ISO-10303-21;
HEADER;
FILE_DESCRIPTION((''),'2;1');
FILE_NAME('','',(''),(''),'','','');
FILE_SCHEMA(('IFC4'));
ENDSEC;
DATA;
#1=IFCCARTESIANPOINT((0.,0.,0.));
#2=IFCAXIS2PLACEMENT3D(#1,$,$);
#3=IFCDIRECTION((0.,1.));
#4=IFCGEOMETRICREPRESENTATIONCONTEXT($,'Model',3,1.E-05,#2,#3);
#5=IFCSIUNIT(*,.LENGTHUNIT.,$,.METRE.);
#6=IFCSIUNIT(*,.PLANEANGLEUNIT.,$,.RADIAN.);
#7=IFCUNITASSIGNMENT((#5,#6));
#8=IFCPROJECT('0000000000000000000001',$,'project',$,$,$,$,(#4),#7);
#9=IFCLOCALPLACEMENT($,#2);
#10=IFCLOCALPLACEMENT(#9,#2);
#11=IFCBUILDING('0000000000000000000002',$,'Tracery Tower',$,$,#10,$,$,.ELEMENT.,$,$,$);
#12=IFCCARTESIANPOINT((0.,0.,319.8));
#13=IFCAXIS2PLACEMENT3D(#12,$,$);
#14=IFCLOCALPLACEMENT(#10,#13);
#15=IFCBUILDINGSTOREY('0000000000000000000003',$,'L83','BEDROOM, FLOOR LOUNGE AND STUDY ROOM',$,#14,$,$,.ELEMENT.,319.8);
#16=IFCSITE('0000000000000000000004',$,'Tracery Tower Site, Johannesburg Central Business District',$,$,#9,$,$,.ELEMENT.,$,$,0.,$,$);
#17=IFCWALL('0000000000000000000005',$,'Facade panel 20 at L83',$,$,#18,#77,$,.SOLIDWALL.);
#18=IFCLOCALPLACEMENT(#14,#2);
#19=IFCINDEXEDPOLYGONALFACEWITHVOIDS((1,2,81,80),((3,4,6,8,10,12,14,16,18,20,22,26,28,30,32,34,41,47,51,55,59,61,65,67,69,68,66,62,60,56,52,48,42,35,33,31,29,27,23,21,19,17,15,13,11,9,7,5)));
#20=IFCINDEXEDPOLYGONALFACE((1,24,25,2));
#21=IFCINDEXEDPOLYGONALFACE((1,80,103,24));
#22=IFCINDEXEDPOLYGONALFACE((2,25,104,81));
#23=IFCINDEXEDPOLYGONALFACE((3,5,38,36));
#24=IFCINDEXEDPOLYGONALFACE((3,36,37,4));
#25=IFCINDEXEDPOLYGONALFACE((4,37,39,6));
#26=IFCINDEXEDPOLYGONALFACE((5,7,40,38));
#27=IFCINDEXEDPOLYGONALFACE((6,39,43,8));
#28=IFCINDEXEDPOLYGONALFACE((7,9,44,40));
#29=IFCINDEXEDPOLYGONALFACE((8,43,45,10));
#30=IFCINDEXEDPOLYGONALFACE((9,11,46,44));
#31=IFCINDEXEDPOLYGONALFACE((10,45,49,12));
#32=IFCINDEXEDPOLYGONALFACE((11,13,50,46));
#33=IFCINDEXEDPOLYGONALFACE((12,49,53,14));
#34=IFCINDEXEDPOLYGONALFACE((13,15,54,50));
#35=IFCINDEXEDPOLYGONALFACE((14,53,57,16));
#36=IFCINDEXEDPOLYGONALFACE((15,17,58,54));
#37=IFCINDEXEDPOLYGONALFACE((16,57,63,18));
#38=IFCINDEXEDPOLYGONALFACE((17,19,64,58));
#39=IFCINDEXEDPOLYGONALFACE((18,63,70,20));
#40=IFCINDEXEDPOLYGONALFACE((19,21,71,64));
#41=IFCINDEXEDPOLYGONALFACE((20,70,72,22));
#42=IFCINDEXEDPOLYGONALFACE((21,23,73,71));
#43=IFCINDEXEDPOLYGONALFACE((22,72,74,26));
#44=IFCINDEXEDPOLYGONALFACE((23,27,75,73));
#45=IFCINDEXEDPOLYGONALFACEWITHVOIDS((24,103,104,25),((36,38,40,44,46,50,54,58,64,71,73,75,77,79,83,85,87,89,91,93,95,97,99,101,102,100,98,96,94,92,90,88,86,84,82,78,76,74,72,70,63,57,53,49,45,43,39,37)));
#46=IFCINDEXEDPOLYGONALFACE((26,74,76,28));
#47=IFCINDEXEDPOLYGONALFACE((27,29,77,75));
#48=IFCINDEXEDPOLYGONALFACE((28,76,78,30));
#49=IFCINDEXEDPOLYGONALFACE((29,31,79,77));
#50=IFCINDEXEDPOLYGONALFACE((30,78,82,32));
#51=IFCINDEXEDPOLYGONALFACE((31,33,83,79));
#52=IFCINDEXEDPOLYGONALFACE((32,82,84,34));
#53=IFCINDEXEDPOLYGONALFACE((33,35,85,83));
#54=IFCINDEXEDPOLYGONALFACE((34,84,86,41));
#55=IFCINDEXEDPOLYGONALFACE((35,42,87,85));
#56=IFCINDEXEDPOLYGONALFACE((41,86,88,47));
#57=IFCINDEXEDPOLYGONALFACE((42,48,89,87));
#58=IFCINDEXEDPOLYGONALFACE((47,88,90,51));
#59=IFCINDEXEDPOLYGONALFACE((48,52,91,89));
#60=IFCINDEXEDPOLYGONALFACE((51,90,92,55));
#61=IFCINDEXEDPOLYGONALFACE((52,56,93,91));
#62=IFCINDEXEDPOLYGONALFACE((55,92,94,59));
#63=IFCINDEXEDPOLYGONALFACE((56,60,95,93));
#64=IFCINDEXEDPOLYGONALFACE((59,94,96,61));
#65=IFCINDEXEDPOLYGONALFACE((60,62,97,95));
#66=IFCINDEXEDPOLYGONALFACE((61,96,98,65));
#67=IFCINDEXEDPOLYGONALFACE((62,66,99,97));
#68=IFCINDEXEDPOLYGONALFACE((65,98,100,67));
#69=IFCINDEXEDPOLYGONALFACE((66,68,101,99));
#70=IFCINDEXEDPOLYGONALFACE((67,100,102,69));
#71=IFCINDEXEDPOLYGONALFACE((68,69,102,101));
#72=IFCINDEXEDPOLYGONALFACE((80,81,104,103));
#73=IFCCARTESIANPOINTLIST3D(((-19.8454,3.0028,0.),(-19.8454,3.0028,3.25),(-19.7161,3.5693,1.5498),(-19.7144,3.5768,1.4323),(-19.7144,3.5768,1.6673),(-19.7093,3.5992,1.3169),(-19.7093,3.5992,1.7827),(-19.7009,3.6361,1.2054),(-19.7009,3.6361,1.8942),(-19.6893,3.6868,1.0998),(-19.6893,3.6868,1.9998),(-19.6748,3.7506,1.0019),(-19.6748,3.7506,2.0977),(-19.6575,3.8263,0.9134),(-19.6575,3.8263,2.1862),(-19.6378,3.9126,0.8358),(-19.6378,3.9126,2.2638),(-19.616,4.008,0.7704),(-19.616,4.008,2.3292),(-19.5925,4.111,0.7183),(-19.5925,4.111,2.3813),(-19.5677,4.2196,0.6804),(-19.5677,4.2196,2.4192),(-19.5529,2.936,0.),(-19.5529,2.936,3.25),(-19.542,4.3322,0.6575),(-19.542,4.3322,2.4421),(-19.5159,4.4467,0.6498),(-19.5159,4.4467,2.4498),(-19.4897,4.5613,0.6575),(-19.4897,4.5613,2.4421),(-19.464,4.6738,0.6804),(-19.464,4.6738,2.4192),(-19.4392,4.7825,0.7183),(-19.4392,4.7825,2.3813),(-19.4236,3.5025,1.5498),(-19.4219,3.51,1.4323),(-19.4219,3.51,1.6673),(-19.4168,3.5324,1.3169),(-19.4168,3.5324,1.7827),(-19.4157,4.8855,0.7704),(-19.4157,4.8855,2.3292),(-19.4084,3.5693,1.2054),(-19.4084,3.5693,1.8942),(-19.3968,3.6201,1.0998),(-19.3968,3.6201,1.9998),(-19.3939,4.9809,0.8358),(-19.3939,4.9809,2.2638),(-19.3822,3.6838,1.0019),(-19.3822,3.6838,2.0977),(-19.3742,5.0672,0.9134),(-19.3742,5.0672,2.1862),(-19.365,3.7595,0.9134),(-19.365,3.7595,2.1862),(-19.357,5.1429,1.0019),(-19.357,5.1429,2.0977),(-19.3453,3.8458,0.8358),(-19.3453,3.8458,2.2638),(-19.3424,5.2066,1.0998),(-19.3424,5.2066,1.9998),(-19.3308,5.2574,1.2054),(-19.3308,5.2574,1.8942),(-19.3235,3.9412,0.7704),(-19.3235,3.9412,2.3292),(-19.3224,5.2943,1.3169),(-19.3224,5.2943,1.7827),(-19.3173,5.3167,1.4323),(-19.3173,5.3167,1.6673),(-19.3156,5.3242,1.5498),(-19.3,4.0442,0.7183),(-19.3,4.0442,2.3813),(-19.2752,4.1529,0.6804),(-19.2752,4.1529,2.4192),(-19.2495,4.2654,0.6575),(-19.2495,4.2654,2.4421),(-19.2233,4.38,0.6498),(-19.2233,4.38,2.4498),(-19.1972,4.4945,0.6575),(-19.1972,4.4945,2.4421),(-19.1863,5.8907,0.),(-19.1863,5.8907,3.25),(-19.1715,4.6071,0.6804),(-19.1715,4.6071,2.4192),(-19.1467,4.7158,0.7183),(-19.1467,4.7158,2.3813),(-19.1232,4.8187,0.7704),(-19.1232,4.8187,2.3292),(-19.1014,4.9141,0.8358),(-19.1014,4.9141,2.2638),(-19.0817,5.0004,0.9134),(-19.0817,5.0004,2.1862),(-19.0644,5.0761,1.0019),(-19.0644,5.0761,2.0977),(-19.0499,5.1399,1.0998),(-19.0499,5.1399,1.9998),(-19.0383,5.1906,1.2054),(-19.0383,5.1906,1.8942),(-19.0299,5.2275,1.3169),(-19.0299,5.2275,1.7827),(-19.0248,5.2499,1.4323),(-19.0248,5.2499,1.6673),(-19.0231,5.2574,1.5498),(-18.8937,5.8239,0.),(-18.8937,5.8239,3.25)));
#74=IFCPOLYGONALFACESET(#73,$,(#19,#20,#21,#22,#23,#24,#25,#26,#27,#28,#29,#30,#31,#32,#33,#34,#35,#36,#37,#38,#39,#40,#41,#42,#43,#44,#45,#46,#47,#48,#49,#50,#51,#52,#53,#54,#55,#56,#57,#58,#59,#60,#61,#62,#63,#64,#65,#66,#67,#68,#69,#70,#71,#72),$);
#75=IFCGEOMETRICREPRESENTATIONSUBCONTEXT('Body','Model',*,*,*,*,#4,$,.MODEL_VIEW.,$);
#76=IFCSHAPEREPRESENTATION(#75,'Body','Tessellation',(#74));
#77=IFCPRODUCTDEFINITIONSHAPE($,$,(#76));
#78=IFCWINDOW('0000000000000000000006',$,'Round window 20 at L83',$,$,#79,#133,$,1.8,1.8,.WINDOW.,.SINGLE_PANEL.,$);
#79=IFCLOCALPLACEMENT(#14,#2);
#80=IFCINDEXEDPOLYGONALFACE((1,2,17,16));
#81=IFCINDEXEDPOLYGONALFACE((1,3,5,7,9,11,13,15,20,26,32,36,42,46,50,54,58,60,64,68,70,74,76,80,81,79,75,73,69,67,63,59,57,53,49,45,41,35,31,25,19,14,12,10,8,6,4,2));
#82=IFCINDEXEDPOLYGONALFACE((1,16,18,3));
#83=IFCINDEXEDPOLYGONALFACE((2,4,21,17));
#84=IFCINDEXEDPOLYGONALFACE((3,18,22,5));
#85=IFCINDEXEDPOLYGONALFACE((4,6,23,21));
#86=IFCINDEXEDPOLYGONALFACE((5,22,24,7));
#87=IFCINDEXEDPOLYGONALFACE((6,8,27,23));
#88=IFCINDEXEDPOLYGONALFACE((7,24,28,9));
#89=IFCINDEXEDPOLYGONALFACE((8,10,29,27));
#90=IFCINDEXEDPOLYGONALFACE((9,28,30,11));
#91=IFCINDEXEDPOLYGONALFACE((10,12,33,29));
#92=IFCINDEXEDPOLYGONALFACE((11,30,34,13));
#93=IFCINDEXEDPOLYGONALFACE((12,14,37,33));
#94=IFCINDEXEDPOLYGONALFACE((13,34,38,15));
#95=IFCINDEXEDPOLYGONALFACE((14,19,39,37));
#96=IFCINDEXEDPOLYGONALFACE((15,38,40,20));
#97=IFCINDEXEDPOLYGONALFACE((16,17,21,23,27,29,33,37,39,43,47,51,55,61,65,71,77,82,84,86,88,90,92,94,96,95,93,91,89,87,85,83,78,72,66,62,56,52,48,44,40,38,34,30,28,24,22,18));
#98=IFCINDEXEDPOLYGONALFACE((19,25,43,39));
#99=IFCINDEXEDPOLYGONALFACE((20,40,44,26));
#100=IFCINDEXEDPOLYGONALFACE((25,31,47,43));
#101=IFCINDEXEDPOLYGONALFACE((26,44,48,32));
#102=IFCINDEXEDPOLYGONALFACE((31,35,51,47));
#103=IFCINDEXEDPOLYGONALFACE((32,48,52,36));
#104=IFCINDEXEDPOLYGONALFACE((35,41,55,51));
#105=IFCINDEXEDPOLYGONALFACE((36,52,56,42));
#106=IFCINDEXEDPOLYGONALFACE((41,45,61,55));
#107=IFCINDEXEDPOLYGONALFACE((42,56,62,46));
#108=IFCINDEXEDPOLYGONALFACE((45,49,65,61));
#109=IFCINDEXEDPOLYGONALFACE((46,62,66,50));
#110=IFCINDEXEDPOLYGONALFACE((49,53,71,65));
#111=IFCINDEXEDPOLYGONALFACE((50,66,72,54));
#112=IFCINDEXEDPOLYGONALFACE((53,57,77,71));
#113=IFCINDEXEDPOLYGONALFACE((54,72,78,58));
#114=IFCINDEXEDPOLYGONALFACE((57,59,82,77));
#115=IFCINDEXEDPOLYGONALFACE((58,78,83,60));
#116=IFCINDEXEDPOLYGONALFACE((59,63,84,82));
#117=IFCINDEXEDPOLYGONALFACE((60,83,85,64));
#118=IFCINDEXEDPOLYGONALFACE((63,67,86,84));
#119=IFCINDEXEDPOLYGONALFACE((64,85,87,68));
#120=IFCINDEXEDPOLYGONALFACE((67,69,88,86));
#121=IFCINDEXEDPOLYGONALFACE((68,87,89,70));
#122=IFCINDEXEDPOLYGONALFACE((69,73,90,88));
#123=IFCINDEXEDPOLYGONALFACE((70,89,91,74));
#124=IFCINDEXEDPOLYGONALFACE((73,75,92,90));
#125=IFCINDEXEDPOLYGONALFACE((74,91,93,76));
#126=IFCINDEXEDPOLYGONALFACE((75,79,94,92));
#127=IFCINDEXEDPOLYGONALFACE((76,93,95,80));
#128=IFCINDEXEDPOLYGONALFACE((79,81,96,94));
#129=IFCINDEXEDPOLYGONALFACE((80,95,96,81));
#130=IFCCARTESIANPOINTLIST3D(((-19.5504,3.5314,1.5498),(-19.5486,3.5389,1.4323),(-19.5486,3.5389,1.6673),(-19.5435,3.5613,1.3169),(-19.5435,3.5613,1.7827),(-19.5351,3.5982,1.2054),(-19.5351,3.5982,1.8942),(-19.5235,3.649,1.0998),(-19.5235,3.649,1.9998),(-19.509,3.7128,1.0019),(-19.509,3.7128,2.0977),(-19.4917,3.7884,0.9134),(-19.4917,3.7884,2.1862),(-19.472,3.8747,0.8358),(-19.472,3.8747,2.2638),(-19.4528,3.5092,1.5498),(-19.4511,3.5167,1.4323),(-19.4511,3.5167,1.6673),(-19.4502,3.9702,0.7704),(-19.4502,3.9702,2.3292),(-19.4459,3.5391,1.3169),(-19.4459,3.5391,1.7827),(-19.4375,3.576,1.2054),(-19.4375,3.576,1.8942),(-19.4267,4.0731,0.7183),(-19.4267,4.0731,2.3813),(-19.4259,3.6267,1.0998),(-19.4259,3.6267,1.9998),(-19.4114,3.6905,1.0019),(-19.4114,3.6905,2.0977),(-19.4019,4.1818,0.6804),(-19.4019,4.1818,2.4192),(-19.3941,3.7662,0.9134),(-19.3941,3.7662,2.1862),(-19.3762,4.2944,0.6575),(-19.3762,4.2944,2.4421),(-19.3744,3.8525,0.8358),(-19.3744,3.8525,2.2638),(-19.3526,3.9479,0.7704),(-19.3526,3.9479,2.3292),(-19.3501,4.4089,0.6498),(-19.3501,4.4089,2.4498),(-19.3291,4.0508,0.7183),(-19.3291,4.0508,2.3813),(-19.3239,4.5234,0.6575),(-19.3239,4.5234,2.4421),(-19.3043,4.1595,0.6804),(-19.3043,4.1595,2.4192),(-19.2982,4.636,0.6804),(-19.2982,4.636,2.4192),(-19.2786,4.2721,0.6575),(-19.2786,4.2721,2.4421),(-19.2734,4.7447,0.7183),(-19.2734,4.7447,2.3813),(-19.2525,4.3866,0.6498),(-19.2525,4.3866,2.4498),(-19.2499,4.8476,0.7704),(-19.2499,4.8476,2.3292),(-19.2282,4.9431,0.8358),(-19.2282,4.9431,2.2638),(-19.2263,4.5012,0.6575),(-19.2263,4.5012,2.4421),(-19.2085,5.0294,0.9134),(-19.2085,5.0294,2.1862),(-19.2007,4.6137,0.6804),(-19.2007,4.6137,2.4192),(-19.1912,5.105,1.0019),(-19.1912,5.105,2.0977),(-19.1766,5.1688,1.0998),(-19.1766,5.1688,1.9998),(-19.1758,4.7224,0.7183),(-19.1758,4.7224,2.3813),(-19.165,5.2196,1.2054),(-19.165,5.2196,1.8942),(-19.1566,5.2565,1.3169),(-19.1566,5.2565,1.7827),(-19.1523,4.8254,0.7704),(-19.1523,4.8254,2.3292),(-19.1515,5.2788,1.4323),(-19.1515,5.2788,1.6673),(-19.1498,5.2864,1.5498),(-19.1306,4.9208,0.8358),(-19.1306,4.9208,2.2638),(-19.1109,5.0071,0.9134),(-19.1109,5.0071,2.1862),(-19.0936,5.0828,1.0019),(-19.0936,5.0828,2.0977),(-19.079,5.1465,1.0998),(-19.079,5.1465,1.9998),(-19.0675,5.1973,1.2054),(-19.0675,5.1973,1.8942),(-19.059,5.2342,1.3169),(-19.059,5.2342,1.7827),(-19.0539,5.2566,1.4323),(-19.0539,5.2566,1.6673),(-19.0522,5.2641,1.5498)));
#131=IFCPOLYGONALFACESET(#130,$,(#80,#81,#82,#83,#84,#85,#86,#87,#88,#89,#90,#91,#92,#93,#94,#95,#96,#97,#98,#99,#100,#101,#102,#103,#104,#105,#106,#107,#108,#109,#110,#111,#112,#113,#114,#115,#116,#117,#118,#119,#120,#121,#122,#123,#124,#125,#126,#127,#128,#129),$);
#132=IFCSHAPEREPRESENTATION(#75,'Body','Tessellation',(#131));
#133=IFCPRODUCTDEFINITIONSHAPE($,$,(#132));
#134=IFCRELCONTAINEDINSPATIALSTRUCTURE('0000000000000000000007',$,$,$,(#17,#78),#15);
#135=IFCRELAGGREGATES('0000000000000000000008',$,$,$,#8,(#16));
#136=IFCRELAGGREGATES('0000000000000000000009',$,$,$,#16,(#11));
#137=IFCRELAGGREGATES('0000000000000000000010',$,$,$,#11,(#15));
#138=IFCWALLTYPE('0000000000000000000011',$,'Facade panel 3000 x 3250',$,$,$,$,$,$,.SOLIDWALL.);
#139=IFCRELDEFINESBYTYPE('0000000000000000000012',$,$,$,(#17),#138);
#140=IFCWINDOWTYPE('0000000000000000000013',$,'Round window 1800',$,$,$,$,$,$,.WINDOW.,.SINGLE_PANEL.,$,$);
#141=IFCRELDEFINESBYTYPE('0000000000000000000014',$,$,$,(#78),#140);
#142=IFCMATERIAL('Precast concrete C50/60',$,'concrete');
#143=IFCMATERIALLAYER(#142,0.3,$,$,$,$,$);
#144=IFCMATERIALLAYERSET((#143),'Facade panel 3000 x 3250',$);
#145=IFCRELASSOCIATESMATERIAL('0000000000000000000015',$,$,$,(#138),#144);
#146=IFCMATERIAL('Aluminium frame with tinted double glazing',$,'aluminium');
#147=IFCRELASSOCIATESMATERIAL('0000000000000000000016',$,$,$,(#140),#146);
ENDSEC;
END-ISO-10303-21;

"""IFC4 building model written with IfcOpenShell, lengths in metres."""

from ifc_helpers import new_model, si_unit, direction, frame, frame_2d, origin, origin_2d, place, context, subcontext, project, spatial, rectangle, circle, extrude, material, layer, layer_set, type_object, element, fill, save


model = new_model("IFC4")

# Units and contexts
model_context = context("Model", 3, precision=1e-05, world=origin(), true_north=direction((0.0, 1.0)))
body_context = subcontext(model_context, "Body", "Model", "MODEL_VIEW")
ifc_project = project(units=[si_unit("LENGTHUNIT", "METRE"), si_unit("PLANEANGLEUNIT", "RADIAN")], contexts=[model_context])

# Site, building, storey
site_placement = place(None, origin())
site = spatial("IfcSite", under=ifc_project, at=site_placement, Name="Tracery Tower Site, Johannesburg Central Business District", CompositionType="ELEMENT", RefElevation=0.0)
building_placement = place(site_placement, origin())
building = spatial("IfcBuilding", under=site, at=building_placement, Name="Tracery Tower", CompositionType="ELEMENT")
storey_placement = place(building_placement, frame((0.0, 0.0, 319.8)))
storey = spatial("IfcBuildingStorey", under=building, at=storey_placement, Name="L83", Description="BEDROOM, FLOOR LOUNGE AND STUDY ROOM", CompositionType="ELEMENT", Elevation=319.8)

# Wall, opening, window
ifc_material_1 = material(Name="Precast concrete C50/60", Category="concrete")
ifc_layer_1 = layer(ifc_material_1, 0.3)
ifc_layer_set_1 = layer_set([ifc_layer_1], Name="Facade panel 3000 x 3250")
wall_type_1 = type_object("IfcWallType", Name="Facade panel 3000 x 3250", PredefinedType="SOLIDWALL", material=ifc_layer_set_1)
wall_1_placement = place(storey_placement, frame((-19.04, 5.8572, 0.0), z_axis=(0.0, 0.0, 1.0), x_axis=(-0.222529, -0.974926, 0.0)))
wall_1 = element("IfcWall", 1, at=wall_1_placement, inside=storey, type_object=wall_type_1, Name="Facade panel 20 at L83", PredefinedType="SOLIDWALL", context=body_context, shape_type="SweptSolid", body=[
    extrude(rectangle(XDim=2.9622, YDim=0.3, at=frame_2d((1.481, 0.0))), origin(), (0.0, 0.0, 1.0), 3.25),
])
opening_1_placement = place(wall_1_placement, frame((1.481, 0.0, 1.5498)))
opening_1 = element("IfcOpeningElement", 2, at=opening_1_placement, cuts=wall_1, PredefinedType="OPENING", context=body_context, shape_type="SweptSolid", body=[
    extrude(circle(Radius=0.9, at=origin_2d()), frame((0.0, 0.1599, 0.0), z_axis=(0.0, -1.0, 0.0), x_axis=(1.0, 0.0, 0.0)), (0.0, 0.0, 1.0), 0.3201),
])
ifc_material_2 = material(Name="Aluminium frame with tinted double glazing", Category="aluminium")
window_type = type_object("IfcWindowType", Name="Round window 1800", PartitioningType="SINGLE_PANEL", PredefinedType="WINDOW", material=ifc_material_2)
window_1_placement = place(opening_1_placement, origin())
window_1 = element("IfcWindow", 3, at=window_1_placement, inside=storey, type_object=window_type, Name="Round window 20 at L83", OverallHeight=1.8, OverallWidth=1.8, PartitioningType="SINGLE_PANEL", PredefinedType="WINDOW", context=body_context, shape_type="SweptSolid", body=[
    extrude(circle(Radius=0.9, at=origin_2d()), frame((0.0, 0.1201, 0.0), z_axis=(0.0, -1.0, 0.0), x_axis=(1.0, 0.0, 0.0)), (0.0, 0.0, 1.0), 0.1001),
])
fill(opening_1, window_1)

save(model, "model.ifc")
